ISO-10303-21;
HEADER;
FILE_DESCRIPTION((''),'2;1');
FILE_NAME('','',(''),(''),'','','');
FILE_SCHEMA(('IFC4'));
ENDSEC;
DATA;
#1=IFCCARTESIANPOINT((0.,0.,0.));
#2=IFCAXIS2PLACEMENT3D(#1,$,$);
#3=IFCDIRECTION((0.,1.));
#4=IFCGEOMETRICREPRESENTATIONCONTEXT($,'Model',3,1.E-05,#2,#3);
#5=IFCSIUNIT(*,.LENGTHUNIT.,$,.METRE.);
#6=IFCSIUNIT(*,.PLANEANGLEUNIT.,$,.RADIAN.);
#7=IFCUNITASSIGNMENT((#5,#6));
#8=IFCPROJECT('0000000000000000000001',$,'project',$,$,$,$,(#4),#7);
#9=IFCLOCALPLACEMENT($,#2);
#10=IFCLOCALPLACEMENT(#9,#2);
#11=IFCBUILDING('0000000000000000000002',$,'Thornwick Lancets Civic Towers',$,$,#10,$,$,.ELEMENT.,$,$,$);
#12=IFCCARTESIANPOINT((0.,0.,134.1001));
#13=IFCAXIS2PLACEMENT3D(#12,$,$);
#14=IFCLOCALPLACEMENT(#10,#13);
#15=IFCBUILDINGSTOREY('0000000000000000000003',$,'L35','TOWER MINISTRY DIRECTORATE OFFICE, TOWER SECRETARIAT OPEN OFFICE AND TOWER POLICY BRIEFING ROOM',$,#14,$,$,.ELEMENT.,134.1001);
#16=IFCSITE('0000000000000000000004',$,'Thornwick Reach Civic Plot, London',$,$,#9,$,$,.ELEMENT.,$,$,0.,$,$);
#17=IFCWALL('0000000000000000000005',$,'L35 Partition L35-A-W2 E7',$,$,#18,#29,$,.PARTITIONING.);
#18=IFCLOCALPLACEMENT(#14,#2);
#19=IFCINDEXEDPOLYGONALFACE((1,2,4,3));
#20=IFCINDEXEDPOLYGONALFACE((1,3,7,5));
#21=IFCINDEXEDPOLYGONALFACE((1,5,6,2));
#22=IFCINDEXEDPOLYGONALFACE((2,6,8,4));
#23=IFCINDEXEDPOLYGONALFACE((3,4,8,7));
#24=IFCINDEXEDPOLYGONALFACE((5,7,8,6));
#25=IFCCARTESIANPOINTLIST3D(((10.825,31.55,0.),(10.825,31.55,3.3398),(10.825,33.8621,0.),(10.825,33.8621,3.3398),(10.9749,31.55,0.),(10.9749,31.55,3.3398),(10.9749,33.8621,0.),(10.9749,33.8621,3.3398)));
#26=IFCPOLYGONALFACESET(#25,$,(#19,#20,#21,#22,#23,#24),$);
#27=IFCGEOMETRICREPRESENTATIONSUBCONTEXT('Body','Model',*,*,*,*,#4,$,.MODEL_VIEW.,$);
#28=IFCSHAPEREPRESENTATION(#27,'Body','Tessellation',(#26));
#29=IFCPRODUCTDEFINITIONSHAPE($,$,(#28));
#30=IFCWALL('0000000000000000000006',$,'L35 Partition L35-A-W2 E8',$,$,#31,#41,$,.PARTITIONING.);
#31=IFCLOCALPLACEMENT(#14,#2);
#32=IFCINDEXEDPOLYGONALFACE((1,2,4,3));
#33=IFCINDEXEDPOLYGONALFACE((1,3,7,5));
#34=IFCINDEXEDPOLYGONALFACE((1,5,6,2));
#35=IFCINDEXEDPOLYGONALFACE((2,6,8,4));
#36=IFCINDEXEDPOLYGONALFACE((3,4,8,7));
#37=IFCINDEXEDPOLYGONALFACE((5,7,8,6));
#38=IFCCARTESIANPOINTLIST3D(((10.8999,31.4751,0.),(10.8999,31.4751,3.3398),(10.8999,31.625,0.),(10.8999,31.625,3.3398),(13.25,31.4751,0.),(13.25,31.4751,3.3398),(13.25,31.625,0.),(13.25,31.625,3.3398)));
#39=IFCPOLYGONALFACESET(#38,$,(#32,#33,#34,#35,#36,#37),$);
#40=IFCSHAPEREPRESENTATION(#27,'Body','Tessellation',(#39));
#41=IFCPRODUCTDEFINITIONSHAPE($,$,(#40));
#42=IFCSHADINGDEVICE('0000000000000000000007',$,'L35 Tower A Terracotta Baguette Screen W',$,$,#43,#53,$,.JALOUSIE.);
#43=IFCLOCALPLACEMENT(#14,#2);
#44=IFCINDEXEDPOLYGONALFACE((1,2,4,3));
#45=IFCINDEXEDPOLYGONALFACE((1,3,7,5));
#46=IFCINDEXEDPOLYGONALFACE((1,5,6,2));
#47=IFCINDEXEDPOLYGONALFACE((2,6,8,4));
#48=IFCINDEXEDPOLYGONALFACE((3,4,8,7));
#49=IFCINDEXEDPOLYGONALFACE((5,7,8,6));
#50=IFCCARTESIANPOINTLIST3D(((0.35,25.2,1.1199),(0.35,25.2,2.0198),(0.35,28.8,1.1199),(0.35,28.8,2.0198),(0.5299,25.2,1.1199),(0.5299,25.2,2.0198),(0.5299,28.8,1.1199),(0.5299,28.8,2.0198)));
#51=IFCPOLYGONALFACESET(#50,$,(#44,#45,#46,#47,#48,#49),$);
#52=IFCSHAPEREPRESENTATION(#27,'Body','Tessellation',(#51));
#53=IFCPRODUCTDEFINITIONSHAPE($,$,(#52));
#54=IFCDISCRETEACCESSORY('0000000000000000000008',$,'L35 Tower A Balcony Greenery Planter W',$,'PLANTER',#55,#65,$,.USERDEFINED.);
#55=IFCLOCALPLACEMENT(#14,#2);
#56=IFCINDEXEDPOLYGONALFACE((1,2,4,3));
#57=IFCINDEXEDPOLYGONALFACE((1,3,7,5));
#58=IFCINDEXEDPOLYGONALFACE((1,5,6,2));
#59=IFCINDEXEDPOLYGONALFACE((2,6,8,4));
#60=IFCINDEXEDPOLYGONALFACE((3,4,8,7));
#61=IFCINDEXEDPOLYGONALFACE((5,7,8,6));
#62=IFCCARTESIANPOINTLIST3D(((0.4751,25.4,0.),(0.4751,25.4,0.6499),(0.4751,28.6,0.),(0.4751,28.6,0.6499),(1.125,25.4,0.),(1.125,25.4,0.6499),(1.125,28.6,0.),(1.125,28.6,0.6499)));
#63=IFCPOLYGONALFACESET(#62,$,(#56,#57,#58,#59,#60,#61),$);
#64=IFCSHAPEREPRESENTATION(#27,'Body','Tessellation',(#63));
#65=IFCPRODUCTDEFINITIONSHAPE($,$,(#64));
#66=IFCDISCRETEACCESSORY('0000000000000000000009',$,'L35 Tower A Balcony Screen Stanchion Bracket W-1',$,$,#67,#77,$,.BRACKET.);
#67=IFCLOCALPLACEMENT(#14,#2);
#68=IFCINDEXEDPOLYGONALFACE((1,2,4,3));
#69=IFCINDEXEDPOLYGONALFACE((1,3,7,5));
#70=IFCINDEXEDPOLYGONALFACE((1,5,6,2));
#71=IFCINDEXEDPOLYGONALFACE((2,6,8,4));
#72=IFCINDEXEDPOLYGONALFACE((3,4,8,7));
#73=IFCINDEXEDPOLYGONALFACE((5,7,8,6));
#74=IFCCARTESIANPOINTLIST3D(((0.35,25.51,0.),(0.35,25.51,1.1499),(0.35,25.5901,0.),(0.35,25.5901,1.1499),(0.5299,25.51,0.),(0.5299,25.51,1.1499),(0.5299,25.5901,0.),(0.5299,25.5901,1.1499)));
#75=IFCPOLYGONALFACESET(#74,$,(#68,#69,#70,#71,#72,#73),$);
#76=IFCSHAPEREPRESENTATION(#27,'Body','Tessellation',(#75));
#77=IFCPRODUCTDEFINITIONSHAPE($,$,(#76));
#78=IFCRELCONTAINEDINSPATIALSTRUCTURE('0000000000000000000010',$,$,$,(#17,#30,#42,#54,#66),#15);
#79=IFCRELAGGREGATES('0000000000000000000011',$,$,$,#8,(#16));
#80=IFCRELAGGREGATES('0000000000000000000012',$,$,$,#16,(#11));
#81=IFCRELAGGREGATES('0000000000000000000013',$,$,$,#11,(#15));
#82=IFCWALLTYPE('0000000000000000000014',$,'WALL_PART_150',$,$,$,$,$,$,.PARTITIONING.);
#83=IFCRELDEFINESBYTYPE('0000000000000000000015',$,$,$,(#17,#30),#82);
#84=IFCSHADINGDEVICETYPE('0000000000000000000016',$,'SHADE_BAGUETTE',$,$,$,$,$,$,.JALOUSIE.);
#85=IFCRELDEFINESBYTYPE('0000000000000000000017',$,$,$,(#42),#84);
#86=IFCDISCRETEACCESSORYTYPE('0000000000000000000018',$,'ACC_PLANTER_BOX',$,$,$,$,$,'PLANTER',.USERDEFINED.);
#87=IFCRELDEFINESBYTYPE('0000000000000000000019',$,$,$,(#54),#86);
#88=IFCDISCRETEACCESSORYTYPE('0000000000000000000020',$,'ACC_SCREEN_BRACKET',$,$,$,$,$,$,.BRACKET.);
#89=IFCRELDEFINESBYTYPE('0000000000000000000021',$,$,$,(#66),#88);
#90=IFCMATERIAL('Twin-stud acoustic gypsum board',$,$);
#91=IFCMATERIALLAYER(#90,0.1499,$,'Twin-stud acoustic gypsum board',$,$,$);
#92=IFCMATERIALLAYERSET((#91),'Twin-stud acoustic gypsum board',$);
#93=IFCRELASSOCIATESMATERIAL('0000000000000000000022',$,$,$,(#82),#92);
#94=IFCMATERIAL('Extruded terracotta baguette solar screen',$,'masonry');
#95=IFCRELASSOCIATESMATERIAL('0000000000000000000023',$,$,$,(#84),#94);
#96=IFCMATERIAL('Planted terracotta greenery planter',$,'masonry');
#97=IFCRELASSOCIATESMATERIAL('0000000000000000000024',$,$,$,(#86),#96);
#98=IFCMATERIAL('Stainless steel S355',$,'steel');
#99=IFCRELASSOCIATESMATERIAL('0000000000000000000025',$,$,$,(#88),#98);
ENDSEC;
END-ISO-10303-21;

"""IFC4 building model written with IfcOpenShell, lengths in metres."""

from ifc_helpers import new_model, si_unit, direction, frame, frame_2d, origin, origin_2d, place, context, subcontext, project, spatial, rectangle, extrude, material, layer, layer_set, type_object, element, save


model = new_model("IFC4")

# Units and contexts
model_context = context("Model", 3, precision=1e-05, world=origin(), true_north=direction((0.0, 1.0)))
body_context = subcontext(model_context, "Body", "Model", "MODEL_VIEW")
ifc_project = project(units=[si_unit("LENGTHUNIT", "METRE"), si_unit("PLANEANGLEUNIT", "RADIAN")], contexts=[model_context])

# Site, building, storey
site_placement = place(None, origin())
site = spatial("IfcSite", under=ifc_project, at=site_placement, Name="Thornwick Reach Civic Plot, London", CompositionType="ELEMENT", RefElevation=0.0)
building_placement = place(site_placement, origin())
building = spatial("IfcBuilding", under=site, at=building_placement, Name="Thornwick Lancets Civic Towers", CompositionType="ELEMENT")
storey_placement = place(building_placement, frame((0.0, 0.0, 134.1001)))
storey = spatial("IfcBuildingStorey", under=building, at=storey_placement, Name="L35", Description="TOWER MINISTRY DIRECTORATE OFFICE, TOWER SECRETARIAT OPEN OFFICE AND TOWER POLICY BRIEFING ROOM", CompositionType="ELEMENT", Elevation=134.1001)

# Walls
ifc_material_1 = material(Name="Twin-stud acoustic gypsum board")
ifc_layer_1 = layer(ifc_material_1, 0.1499, Name="Twin-stud acoustic gypsum board")
ifc_layer_set_1 = layer_set([ifc_layer_1], Name="Twin-stud acoustic gypsum board")
wall_type_1 = type_object("IfcWallType", Name="WALL_PART_150", PredefinedType="PARTITIONING", material=ifc_layer_set_1)
wall_1_placement = place(storey_placement, frame((10.8999, 33.8621, 0.0), z_axis=(0.0, 0.0, 1.0), x_axis=(0.0, -1.0, 0.0)))
element("IfcWall", 1, at=wall_1_placement, inside=storey, type_object=wall_type_1, Name="L35 Partition L35-A-W2 E7", PredefinedType="PARTITIONING", context=body_context, shape_type="SweptSolid", body=[
    extrude(rectangle(XDim=2.312, YDim=0.1499, at=frame_2d((1.156, 0.0))), origin(), (0.0, 0.0, 1.0), 3.3398),
])
wall_2_placement = place(storey_placement, frame((10.8999, 31.55, 0.0), z_axis=(0.0, 0.0, 1.0), x_axis=(1.0, 0.0, 0.0)))
element("IfcWall", 2, at=wall_2_placement, inside=storey, type_object=wall_type_1, Name="L35 Partition L35-A-W2 E8", PredefinedType="PARTITIONING", context=body_context, shape_type="SweptSolid", body=[
    extrude(rectangle(XDim=2.3501, YDim=0.1499, at=frame_2d((1.175, 0.0))), origin(), (0.0, 0.0, 1.0), 3.3398),
])

# Shading device
ifc_material_2 = material(Name="Extruded terracotta baguette solar screen", Category="masonry")
shading_device_type = type_object("IfcShadingDeviceType", Name="SHADE_BAGUETTE", PredefinedType="JALOUSIE", material=ifc_material_2)
shading_device_placement = place(storey_placement, frame((0.4399, 27.0, 1.1199), z_axis=(0.0, 0.0, 1.0), x_axis=(0.0, 1.0, 0.0)))
element("IfcShadingDevice", 3, at=shading_device_placement, inside=storey, type_object=shading_device_type, Name="L35 Tower A Terracotta Baguette Screen W", PredefinedType="JALOUSIE", context=body_context, shape_type="SweptSolid", body=[
    extrude(rectangle(XDim=3.6001, YDim=0.1799, at=origin_2d()), origin(), (0.0, 0.0, 1.0), 0.8999),
])

# Discrete accessories
ifc_material_3 = material(Name="Planted terracotta greenery planter", Category="masonry")
discrete_accessory_type_1 = type_object("IfcDiscreteAccessoryType", Name="ACC_PLANTER_BOX", ElementType="PLANTER", PredefinedType="USERDEFINED", material=ifc_material_3)
discrete_accessory_1_placement = place(storey_placement, frame((0.8, 27.0, 0.0), z_axis=(0.0, 0.0, 1.0), x_axis=(1.0, 0.0, 0.0)))
element("IfcDiscreteAccessory", 4, at=discrete_accessory_1_placement, inside=storey, type_object=discrete_accessory_type_1, Name="L35 Tower A Balcony Greenery Planter W", ObjectType="PLANTER", PredefinedType="USERDEFINED", context=body_context, shape_type="SweptSolid", body=[
    extrude(rectangle(XDim=0.6499, YDim=3.2, at=origin_2d()), origin(), (0.0, 0.0, 1.0), 0.6499),
])
ifc_material_4 = material(Name="Stainless steel S355", Category="steel")
discrete_accessory_type_2 = type_object("IfcDiscreteAccessoryType", Name="ACC_SCREEN_BRACKET", PredefinedType="BRACKET", material=ifc_material_4)
discrete_accessory_2_placement = place(storey_placement, frame((0.4399, 25.55, 0.0), z_axis=(0.0, 0.0, 1.0), x_axis=(0.0, 1.0, 0.0)))
element("IfcDiscreteAccessory", 5, at=discrete_accessory_2_placement, inside=storey, type_object=discrete_accessory_type_2, Name="L35 Tower A Balcony Screen Stanchion Bracket W-1", PredefinedType="BRACKET", context=body_context, shape_type="SweptSolid", body=[
    extrude(rectangle(XDim=0.0801, YDim=0.1799, at=origin_2d()), origin(), (0.0, 0.0, 1.0), 1.1499),
])

save(model, "model.ifc")
